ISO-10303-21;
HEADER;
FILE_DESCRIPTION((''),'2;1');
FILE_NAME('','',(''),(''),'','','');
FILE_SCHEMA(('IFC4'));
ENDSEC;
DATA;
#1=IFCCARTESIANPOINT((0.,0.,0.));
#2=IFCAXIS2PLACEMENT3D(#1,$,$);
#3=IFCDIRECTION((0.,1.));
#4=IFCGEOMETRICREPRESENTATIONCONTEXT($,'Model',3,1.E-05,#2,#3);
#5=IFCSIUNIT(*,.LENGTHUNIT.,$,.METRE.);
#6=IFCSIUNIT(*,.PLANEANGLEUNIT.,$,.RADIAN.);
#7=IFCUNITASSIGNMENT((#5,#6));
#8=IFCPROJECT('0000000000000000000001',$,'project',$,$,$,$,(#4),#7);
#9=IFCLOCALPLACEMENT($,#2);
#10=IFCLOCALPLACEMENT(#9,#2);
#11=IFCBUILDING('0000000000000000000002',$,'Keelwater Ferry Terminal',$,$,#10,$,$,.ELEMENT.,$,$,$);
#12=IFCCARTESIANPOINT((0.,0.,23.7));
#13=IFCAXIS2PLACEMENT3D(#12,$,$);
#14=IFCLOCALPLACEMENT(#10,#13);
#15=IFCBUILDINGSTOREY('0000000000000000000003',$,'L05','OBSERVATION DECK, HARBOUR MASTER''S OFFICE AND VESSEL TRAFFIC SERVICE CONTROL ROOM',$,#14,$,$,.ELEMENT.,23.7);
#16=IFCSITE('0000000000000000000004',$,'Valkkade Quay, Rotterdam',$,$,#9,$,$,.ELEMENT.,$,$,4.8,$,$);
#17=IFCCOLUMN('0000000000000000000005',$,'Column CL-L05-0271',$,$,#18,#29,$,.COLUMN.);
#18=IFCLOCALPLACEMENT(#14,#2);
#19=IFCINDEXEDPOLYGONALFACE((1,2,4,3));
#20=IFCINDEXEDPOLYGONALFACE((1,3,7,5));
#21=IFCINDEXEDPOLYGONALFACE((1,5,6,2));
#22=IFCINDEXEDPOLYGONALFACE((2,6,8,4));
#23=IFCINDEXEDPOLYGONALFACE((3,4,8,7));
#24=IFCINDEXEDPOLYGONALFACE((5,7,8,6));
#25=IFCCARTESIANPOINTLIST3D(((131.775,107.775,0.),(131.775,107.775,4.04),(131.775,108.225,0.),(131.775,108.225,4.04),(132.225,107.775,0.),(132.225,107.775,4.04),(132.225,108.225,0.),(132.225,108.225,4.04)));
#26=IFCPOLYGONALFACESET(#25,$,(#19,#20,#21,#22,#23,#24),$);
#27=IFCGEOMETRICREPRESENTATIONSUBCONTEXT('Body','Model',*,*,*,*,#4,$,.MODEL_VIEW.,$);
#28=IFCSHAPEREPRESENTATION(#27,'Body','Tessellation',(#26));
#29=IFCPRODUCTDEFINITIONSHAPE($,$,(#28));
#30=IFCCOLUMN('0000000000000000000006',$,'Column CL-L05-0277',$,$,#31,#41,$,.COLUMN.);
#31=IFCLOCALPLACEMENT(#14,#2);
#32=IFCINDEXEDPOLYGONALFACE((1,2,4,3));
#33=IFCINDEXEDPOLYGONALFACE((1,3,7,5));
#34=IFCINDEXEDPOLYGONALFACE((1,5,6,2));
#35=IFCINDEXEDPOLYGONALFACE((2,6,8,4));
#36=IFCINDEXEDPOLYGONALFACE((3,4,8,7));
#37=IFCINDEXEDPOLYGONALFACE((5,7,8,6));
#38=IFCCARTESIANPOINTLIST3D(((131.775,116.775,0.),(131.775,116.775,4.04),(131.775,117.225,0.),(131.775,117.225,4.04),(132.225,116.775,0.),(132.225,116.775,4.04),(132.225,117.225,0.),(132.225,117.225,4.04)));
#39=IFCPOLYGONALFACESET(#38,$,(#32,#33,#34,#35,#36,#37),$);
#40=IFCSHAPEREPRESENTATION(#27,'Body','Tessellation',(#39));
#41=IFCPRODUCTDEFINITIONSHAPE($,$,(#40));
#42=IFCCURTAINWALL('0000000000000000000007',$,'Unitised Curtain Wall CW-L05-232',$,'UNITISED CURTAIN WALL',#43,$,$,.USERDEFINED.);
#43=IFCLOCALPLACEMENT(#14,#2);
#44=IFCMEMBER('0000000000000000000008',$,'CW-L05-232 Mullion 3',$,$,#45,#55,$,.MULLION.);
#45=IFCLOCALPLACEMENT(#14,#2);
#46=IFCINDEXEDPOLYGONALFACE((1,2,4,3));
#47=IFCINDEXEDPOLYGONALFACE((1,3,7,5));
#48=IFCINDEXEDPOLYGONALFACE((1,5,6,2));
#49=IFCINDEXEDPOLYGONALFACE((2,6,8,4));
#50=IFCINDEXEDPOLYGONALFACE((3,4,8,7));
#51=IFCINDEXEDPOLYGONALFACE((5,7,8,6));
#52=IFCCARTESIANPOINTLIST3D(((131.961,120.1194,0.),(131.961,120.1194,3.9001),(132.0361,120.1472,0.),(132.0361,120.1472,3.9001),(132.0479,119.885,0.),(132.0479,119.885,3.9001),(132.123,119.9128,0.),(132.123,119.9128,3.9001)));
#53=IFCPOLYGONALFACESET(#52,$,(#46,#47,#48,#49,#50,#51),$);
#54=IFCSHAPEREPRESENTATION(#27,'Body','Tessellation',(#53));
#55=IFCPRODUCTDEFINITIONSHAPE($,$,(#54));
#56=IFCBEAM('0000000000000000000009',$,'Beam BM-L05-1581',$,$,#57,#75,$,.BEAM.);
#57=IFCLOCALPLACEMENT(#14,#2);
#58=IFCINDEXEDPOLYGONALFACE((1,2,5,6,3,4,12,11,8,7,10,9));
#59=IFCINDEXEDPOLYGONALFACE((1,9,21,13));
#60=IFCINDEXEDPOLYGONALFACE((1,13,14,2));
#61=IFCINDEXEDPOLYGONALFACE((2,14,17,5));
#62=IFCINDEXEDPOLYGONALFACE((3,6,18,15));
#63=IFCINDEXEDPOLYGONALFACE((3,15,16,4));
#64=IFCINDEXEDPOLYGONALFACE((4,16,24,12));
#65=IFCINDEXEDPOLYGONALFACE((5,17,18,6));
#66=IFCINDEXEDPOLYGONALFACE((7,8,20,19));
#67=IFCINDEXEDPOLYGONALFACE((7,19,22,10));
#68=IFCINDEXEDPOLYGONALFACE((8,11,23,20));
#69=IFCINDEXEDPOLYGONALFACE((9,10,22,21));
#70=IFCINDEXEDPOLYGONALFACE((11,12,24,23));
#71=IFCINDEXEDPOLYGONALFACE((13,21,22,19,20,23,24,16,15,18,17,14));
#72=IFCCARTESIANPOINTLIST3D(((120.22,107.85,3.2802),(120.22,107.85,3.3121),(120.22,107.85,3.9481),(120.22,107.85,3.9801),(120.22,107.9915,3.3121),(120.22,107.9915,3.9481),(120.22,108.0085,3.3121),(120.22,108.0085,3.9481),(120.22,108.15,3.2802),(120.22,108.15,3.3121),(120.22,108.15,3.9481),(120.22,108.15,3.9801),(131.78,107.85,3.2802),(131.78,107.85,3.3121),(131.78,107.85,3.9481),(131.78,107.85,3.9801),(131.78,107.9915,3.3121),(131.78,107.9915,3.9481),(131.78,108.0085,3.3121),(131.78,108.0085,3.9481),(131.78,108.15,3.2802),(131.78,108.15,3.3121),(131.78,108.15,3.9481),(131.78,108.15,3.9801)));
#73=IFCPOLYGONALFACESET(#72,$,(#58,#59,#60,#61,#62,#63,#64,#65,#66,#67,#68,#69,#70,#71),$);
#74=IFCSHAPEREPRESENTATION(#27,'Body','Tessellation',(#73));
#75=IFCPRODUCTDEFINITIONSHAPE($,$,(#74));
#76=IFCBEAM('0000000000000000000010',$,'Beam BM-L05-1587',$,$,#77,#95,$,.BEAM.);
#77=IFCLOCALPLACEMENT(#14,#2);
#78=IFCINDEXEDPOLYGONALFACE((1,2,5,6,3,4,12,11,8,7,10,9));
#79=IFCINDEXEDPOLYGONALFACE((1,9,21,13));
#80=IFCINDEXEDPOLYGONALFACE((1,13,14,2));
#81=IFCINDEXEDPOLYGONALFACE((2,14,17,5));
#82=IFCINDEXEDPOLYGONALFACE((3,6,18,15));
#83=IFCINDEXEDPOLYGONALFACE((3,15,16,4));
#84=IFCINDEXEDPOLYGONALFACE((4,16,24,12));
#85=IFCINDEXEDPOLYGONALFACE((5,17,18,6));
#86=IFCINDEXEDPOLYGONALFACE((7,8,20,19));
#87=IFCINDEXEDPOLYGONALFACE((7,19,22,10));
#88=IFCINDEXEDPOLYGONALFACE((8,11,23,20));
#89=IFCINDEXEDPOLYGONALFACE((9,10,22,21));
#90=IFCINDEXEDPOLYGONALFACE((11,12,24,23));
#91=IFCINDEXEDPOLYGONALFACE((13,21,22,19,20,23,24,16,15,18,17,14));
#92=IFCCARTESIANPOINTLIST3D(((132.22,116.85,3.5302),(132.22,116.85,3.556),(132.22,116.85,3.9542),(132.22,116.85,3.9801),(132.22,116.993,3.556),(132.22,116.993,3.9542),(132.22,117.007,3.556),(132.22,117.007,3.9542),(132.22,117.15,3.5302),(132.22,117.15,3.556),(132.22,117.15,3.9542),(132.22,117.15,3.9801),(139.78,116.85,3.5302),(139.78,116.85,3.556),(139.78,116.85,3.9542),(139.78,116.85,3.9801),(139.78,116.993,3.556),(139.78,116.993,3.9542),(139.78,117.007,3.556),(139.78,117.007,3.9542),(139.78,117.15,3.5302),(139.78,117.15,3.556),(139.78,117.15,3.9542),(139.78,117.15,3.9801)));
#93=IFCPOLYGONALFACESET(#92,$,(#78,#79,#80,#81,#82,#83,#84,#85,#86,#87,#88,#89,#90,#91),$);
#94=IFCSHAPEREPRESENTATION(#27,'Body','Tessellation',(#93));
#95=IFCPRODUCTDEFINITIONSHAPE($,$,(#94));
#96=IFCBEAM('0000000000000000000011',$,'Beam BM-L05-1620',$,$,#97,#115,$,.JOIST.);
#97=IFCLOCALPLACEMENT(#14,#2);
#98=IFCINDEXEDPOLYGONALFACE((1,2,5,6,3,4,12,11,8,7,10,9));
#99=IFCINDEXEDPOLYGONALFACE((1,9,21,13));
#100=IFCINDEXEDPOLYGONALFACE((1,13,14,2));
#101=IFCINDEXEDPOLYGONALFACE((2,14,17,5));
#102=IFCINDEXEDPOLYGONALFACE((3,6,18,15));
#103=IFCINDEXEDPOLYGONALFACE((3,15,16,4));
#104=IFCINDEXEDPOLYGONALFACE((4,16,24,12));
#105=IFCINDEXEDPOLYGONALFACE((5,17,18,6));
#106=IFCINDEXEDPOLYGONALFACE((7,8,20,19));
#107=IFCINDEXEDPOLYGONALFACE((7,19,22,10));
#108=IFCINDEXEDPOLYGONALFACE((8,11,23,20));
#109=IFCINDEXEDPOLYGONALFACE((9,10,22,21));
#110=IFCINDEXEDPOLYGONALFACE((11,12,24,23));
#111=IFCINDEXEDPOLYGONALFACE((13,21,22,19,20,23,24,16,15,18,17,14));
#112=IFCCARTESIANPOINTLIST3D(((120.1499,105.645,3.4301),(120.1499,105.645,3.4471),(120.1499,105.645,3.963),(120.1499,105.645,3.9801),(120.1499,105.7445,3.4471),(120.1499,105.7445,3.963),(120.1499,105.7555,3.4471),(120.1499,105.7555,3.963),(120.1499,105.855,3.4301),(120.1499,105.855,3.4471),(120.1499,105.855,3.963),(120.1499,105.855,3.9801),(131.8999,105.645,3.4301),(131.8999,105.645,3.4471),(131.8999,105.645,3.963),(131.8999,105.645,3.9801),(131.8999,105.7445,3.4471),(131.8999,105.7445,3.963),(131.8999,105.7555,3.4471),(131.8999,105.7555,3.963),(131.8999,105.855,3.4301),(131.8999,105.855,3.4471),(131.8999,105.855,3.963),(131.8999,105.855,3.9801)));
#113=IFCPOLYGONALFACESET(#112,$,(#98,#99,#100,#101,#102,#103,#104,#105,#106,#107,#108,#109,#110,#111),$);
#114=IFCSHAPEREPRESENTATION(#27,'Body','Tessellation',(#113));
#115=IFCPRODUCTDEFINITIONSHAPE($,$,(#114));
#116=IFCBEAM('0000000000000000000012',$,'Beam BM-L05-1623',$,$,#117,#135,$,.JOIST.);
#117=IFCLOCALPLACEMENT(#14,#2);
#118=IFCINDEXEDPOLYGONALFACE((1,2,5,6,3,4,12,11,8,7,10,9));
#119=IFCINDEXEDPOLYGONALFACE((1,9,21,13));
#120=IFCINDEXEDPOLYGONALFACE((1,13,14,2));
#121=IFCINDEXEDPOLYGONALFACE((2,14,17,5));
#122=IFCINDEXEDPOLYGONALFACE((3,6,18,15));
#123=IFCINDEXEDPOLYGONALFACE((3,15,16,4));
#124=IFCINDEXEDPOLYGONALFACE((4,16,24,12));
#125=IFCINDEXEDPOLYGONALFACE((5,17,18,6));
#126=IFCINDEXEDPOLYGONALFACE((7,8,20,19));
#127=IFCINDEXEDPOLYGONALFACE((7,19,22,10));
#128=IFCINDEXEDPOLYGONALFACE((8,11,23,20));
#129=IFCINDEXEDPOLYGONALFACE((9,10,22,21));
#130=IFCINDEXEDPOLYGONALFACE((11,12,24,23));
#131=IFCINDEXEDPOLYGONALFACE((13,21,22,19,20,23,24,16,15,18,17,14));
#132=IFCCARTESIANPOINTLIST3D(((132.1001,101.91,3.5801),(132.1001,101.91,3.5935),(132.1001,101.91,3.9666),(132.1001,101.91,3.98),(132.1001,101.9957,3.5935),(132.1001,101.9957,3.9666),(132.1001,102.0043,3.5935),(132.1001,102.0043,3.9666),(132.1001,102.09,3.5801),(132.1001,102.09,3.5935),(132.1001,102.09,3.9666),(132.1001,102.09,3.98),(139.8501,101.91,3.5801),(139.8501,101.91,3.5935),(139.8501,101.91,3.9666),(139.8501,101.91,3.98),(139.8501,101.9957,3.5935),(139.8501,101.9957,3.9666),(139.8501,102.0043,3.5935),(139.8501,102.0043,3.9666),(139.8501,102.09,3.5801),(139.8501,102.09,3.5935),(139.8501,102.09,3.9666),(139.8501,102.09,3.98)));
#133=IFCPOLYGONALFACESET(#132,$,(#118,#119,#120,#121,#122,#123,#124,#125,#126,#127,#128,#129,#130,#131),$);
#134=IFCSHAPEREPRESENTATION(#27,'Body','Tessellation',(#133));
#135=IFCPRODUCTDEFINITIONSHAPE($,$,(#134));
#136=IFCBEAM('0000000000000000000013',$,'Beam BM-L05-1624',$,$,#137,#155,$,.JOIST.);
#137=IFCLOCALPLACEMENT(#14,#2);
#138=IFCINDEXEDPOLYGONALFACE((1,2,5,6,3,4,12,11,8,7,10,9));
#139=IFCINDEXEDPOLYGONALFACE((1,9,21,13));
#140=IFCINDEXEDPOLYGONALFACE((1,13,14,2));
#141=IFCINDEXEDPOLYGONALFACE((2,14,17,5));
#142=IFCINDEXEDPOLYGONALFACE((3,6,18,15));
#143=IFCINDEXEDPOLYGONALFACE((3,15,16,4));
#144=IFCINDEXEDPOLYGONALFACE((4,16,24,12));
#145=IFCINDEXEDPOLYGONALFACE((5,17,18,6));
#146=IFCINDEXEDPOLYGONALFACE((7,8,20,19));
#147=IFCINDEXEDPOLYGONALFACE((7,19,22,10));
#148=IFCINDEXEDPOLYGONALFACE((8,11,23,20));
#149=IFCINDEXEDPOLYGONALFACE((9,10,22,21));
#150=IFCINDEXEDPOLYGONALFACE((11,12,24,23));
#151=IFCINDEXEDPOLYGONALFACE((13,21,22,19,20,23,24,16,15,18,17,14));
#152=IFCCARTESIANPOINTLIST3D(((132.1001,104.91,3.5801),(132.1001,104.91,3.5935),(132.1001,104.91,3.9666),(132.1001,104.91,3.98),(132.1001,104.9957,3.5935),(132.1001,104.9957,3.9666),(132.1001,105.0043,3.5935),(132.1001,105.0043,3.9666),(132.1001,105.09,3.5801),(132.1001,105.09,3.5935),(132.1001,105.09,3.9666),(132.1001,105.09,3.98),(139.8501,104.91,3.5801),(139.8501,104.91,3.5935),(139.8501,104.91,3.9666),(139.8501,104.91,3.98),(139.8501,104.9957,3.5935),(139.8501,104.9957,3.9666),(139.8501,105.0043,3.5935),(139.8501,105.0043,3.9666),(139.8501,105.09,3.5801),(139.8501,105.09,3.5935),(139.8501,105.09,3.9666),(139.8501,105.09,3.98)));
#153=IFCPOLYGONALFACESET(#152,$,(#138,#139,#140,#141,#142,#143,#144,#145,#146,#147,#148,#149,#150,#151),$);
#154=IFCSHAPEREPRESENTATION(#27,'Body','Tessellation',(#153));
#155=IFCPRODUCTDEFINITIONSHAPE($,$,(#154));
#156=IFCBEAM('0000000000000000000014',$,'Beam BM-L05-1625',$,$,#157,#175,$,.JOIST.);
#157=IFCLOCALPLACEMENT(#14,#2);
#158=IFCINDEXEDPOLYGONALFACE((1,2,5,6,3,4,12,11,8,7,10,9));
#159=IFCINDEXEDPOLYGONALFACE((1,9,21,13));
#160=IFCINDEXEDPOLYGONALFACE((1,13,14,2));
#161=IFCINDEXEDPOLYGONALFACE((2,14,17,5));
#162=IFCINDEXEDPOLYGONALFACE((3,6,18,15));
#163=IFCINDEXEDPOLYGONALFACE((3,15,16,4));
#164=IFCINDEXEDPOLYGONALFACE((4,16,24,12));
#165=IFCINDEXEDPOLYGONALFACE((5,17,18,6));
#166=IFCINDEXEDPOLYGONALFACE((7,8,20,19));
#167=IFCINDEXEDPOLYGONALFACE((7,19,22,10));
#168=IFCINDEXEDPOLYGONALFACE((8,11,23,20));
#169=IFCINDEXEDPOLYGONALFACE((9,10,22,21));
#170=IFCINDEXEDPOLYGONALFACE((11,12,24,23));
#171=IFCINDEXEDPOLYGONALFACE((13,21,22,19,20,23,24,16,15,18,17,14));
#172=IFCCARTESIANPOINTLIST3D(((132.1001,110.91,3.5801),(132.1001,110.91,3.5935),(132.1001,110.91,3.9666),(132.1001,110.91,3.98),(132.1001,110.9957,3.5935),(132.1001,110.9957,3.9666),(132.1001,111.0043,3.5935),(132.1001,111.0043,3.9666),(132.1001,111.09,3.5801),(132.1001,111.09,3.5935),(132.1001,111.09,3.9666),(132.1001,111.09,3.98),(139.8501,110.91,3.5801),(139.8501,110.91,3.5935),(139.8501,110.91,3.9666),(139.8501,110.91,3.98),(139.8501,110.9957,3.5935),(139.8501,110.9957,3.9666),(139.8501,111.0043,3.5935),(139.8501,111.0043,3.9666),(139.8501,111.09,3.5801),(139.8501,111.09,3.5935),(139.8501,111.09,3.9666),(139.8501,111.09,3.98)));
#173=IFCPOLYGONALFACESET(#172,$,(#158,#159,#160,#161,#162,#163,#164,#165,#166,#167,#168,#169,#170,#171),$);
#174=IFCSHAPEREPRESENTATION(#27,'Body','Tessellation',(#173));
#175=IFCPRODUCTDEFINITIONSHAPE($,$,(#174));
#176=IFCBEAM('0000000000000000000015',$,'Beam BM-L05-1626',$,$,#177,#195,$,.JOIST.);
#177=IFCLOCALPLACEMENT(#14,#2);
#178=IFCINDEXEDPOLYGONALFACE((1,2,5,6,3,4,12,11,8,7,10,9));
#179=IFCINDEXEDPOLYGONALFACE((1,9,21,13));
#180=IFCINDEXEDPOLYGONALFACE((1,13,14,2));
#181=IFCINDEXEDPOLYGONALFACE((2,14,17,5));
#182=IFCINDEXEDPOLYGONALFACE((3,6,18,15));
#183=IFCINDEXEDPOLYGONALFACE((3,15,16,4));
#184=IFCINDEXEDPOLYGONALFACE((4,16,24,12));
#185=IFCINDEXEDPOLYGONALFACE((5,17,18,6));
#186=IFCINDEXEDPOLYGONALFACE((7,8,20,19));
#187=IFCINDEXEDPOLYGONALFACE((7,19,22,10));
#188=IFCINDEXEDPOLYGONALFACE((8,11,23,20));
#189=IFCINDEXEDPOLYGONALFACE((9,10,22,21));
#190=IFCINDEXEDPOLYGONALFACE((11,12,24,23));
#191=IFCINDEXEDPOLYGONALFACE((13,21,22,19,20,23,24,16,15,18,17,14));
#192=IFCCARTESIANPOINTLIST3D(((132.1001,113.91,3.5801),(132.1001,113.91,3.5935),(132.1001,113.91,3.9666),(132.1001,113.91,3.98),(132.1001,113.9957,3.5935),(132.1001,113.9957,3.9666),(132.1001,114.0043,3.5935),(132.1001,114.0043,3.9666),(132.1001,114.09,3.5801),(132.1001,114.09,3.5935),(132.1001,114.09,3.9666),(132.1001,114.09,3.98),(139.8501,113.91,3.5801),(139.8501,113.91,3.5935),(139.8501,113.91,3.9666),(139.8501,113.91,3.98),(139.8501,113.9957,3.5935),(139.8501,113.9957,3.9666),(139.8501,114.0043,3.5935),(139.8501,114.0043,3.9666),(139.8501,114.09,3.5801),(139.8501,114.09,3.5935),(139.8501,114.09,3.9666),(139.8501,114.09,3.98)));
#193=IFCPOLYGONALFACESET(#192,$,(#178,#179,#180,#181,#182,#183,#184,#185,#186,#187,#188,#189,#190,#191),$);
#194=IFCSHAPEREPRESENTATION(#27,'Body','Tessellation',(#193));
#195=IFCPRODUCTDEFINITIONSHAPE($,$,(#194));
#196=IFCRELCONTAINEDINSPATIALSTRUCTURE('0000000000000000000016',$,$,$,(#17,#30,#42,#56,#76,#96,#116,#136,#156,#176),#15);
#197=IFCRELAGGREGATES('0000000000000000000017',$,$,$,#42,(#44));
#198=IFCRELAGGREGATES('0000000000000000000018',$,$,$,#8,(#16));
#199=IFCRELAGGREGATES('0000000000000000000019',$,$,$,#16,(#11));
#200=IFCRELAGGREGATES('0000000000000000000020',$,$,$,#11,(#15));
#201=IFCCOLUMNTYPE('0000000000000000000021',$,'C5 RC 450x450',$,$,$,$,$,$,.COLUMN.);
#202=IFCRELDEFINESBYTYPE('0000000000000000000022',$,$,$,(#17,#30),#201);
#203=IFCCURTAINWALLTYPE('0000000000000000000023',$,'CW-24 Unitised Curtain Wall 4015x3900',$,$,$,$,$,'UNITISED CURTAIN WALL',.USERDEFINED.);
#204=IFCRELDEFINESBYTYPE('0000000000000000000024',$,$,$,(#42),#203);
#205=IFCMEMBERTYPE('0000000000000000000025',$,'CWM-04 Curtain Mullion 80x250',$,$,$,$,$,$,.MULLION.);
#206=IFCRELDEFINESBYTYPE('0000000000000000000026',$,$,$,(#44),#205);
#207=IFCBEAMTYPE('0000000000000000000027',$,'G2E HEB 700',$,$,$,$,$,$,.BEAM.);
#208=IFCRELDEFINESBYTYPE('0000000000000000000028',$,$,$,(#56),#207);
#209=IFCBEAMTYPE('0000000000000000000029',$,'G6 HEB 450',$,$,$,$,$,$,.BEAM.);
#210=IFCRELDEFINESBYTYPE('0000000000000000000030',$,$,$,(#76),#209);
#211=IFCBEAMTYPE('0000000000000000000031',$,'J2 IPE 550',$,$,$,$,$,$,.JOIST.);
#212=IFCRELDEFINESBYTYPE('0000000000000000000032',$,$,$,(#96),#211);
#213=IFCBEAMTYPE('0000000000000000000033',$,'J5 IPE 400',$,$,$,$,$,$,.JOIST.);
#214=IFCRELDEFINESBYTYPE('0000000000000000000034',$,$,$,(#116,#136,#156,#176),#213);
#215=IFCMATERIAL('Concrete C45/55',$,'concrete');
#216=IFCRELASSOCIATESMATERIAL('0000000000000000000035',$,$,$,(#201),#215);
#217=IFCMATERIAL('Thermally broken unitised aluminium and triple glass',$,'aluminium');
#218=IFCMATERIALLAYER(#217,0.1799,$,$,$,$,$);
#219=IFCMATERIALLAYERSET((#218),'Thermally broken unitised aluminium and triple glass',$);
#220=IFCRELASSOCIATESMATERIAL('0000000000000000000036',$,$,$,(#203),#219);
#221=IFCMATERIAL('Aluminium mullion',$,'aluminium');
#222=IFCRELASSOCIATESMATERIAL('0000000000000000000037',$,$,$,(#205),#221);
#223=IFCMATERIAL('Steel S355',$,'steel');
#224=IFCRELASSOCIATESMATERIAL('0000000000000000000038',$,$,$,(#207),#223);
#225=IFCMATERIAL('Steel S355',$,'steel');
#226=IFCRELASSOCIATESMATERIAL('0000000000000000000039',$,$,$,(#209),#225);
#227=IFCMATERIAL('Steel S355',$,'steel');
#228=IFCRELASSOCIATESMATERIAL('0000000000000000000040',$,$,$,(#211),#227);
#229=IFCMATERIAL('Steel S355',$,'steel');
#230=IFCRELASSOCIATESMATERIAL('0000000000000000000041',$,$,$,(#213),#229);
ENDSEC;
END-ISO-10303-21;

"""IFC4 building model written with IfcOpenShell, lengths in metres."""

from ifc_helpers import new_model, si_unit, direction, frame, origin, origin_2d, place, context, subcontext, project, spatial, rectangle, i_section, extrude, material, layer, layer_set, material_profile, profile_set, type_object, element, aggregate, save


model = new_model("IFC4")

# Units and contexts
model_context = context("Model", 3, precision=1e-05, world=origin(), true_north=direction((0.0, 1.0)))
body_context = subcontext(model_context, "Body", "Model", "MODEL_VIEW")
ifc_project = project(units=[si_unit("LENGTHUNIT", "METRE"), si_unit("PLANEANGLEUNIT", "RADIAN")], contexts=[model_context])

# Site, building, storey
site_placement = place(None, origin())
site = spatial("IfcSite", under=ifc_project, at=site_placement, Name="Valkkade Quay, Rotterdam", CompositionType="ELEMENT", RefElevation=4.8)
building_placement = place(site_placement, origin())
building = spatial("IfcBuilding", under=site, at=building_placement, Name="Keelwater Ferry Terminal", CompositionType="ELEMENT")
storey_placement = place(building_placement, frame((0.0, 0.0, 23.7)))
storey = spatial("IfcBuildingStorey", under=building, at=storey_placement, Name="L05", Description="OBSERVATION DECK, HARBOUR MASTER'S OFFICE AND VESSEL TRAFFIC SERVICE CONTROL ROOM", CompositionType="ELEMENT", Elevation=23.7)

# Columns
ifc_material_1 = material(Name="Concrete C45/55", Category="concrete")
ifc_material_profile_1 = material_profile(ifc_material_1, rectangle(XDim=0.45, YDim=0.45, at=origin_2d()), Name="RC 450x450")
ifc_profile_set_1 = profile_set([ifc_material_profile_1], Name="Concrete C45/55")
column_type = type_object("IfcColumnType", Name="C5 RC 450x450", PredefinedType="COLUMN", material=ifc_profile_set_1)
for number, where, z_axis, x_axis, name in (
    (1, (132.0, 108.0, 0.0), (0.0, 0.0, 1.0), (1.0, 0.0, 0.0), "Column CL-L05-0271"),
    (2, (132.0, 117.0, 0.0), (0.0, 0.0, 1.0), (1.0, 0.0, 0.0), "Column CL-L05-0277"),
):
    element("IfcColumn", number, at=place(storey_placement, frame(where, z_axis=z_axis, x_axis=x_axis)), inside=storey, type_object=column_type, Name=name, PredefinedType="COLUMN", context=body_context, shape_type="SweptSolid", body=[
        extrude(rectangle(XDim=0.45, YDim=0.45, at=origin_2d()), origin(), (0.0, 0.0, 1.0), 4.04),
    ])

# Curtain wall, member
ifc_material_2 = material(Name="Thermally broken unitised aluminium and triple glass", Category="aluminium")
ifc_layer_1 = layer(ifc_material_2, 0.1799)
ifc_layer_set_1 = layer_set([ifc_layer_1], Name="Thermally broken unitised aluminium and triple glass")
curtain_wall_type = type_object("IfcCurtainWallType", Name="CW-24 Unitised Curtain Wall 4015x3900", ElementType="UNITISED CURTAIN WALL", PredefinedType="USERDEFINED", material=ifc_layer_set_1)
curtain_wall_placement = place(storey_placement, origin())
curtain_wall = element("IfcCurtainWall", 3, at=curtain_wall_placement, inside=storey, type_object=curtain_wall_type, Name="Unitised Curtain Wall CW-L05-232", ObjectType="UNITISED CURTAIN WALL", PredefinedType="USERDEFINED")
ifc_material_3 = material(Name="Aluminium mullion", Category="aluminium")
ifc_material_profile_2 = material_profile(ifc_material_3, rectangle(XDim=0.0801, YDim=0.25, at=origin_2d()), Name="CWM-04")
ifc_profile_set_2 = profile_set([ifc_material_profile_2], Name="Aluminium mullion")
member_type = type_object("IfcMemberType", Name="CWM-04 Curtain Mullion 80x250", PredefinedType="MULLION", material=ifc_profile_set_2)
member_placement = place(storey_placement, frame((132.042, 120.0161, 0.0), z_axis=(0.0, 0.0, 1.0), x_axis=(-0.937592, -0.347736, 0.0)))
member = element("IfcMember", 4, at=member_placement, type_object=member_type, Name="CW-L05-232 Mullion 3", PredefinedType="MULLION", context=body_context, shape_type="SweptSolid", body=[
    extrude(rectangle(XDim=0.0801, YDim=0.25, at=origin_2d()), origin(), (0.0, 0.0, 1.0), 3.9001),
])

# Beams
ifc_material_4 = material(Name="Steel S355", Category="steel")
ifc_material_profile_3 = material_profile(ifc_material_4, i_section(OverallWidth=0.3, OverallDepth=0.7, WebThickness=0.0171, FlangeThickness=0.032, at=origin_2d()), Name="HEB 700")
ifc_profile_set_3 = profile_set([ifc_material_profile_3], Name="Steel S355")
beam_type_1 = type_object("IfcBeamType", Name="G2E HEB 700", PredefinedType="BEAM", material=ifc_profile_set_3)
beam_1_placement = place(storey_placement, frame((120.22, 108.0, 3.6301), z_axis=(1.0, 0.0, 0.0), x_axis=(0.0, 1.0, 0.0)))
element("IfcBeam", 5, at=beam_1_placement, inside=storey, type_object=beam_type_1, Name="Beam BM-L05-1581", PredefinedType="BEAM", context=body_context, shape_type="SweptSolid", body=[
    extrude(i_section(OverallWidth=0.3, OverallDepth=0.7, WebThickness=0.0171, FlangeThickness=0.032, at=origin_2d()), origin(), (0.0, 0.0, 1.0), 11.5601),
])
ifc_material_5 = material(Name="Steel S355", Category="steel")
ifc_material_profile_4 = material_profile(ifc_material_5, i_section(OverallWidth=0.3, OverallDepth=0.45, WebThickness=0.0139, FlangeThickness=0.0259, at=origin_2d()), Name="HEB 450")
ifc_profile_set_4 = profile_set([ifc_material_profile_4], Name="Steel S355")
beam_type_2 = type_object("IfcBeamType", Name="G6 HEB 450", PredefinedType="BEAM", material=ifc_profile_set_4)
beam_2_placement = place(storey_placement, frame((132.22, 117.0, 3.7551), z_axis=(1.0, 0.0, 0.0), x_axis=(0.0, 1.0, 0.0)))
element("IfcBeam", 6, at=beam_2_placement, inside=storey, type_object=beam_type_2, Name="Beam BM-L05-1587", PredefinedType="BEAM", context=body_context, shape_type="SweptSolid", body=[
    extrude(i_section(OverallWidth=0.3, OverallDepth=0.45, WebThickness=0.0139, FlangeThickness=0.0259, at=origin_2d()), origin(), (0.0, 0.0, 1.0), 7.5601),
])
ifc_material_6 = material(Name="Steel S355", Category="steel")
ifc_material_profile_5 = material_profile(ifc_material_6, i_section(OverallWidth=0.21, OverallDepth=0.55, WebThickness=0.011, FlangeThickness=0.0171, at=origin_2d()), Name="IPE 550")
ifc_profile_set_5 = profile_set([ifc_material_profile_5], Name="Steel S355")
beam_type_3 = type_object("IfcBeamType", Name="J2 IPE 550", PredefinedType="JOIST", material=ifc_profile_set_5)
beam_3_placement = place(storey_placement, frame((120.1499, 105.75, 3.7051), z_axis=(1.0, 0.0, 0.0), x_axis=(0.0, 1.0, 0.0)))
element("IfcBeam", 7, at=beam_3_placement, inside=storey, type_object=beam_type_3, Name="Beam BM-L05-1620", PredefinedType="JOIST", context=body_context, shape_type="SweptSolid", body=[
    extrude(i_section(OverallWidth=0.21, OverallDepth=0.55, WebThickness=0.011, FlangeThickness=0.0171, at=origin_2d()), origin(), (0.0, 0.0, 1.0), 11.75),
])
ifc_material_7 = material(Name="Steel S355", Category="steel")
ifc_material_profile_6 = material_profile(ifc_material_7, i_section(OverallWidth=0.1799, OverallDepth=0.3999, WebThickness=0.0085, FlangeThickness=0.0134, at=origin_2d()), Name="IPE 400")
ifc_profile_set_6 = profile_set([ifc_material_profile_6], Name="Steel S355")
beam_type_4 = type_object("IfcBeamType", Name="J5 IPE 400", PredefinedType="JOIST", material=ifc_profile_set_6)
for number, where, z_axis, x_axis, name in (
    (8, (132.1001, 102.0, 3.78), (1.0, 0.0, 0.0), (0.0, 1.0, 0.0), "Beam BM-L05-1623"),
    (9, (132.1001, 105.0, 3.78), (1.0, 0.0, 0.0), (0.0, 1.0, 0.0), "Beam BM-L05-1624"),
    (10, (132.1001, 111.0, 3.78), (1.0, 0.0, 0.0), (0.0, 1.0, 0.0), "Beam BM-L05-1625"),
    (11, (132.1001, 114.0, 3.78), (1.0, 0.0, 0.0), (0.0, 1.0, 0.0), "Beam BM-L05-1626"),
):
    element("IfcBeam", number, at=place(storey_placement, frame(where, z_axis=z_axis, x_axis=x_axis)), inside=storey, type_object=beam_type_4, Name=name, PredefinedType="JOIST", context=body_context, shape_type="SweptSolid", body=[
        extrude(i_section(OverallWidth=0.1799, OverallDepth=0.3999, WebThickness=0.0085, FlangeThickness=0.0134, at=origin_2d()), origin(), (0.0, 0.0, 1.0), 7.75),
    ])

aggregate(curtain_wall, [member])

save(model, "model.ifc")
